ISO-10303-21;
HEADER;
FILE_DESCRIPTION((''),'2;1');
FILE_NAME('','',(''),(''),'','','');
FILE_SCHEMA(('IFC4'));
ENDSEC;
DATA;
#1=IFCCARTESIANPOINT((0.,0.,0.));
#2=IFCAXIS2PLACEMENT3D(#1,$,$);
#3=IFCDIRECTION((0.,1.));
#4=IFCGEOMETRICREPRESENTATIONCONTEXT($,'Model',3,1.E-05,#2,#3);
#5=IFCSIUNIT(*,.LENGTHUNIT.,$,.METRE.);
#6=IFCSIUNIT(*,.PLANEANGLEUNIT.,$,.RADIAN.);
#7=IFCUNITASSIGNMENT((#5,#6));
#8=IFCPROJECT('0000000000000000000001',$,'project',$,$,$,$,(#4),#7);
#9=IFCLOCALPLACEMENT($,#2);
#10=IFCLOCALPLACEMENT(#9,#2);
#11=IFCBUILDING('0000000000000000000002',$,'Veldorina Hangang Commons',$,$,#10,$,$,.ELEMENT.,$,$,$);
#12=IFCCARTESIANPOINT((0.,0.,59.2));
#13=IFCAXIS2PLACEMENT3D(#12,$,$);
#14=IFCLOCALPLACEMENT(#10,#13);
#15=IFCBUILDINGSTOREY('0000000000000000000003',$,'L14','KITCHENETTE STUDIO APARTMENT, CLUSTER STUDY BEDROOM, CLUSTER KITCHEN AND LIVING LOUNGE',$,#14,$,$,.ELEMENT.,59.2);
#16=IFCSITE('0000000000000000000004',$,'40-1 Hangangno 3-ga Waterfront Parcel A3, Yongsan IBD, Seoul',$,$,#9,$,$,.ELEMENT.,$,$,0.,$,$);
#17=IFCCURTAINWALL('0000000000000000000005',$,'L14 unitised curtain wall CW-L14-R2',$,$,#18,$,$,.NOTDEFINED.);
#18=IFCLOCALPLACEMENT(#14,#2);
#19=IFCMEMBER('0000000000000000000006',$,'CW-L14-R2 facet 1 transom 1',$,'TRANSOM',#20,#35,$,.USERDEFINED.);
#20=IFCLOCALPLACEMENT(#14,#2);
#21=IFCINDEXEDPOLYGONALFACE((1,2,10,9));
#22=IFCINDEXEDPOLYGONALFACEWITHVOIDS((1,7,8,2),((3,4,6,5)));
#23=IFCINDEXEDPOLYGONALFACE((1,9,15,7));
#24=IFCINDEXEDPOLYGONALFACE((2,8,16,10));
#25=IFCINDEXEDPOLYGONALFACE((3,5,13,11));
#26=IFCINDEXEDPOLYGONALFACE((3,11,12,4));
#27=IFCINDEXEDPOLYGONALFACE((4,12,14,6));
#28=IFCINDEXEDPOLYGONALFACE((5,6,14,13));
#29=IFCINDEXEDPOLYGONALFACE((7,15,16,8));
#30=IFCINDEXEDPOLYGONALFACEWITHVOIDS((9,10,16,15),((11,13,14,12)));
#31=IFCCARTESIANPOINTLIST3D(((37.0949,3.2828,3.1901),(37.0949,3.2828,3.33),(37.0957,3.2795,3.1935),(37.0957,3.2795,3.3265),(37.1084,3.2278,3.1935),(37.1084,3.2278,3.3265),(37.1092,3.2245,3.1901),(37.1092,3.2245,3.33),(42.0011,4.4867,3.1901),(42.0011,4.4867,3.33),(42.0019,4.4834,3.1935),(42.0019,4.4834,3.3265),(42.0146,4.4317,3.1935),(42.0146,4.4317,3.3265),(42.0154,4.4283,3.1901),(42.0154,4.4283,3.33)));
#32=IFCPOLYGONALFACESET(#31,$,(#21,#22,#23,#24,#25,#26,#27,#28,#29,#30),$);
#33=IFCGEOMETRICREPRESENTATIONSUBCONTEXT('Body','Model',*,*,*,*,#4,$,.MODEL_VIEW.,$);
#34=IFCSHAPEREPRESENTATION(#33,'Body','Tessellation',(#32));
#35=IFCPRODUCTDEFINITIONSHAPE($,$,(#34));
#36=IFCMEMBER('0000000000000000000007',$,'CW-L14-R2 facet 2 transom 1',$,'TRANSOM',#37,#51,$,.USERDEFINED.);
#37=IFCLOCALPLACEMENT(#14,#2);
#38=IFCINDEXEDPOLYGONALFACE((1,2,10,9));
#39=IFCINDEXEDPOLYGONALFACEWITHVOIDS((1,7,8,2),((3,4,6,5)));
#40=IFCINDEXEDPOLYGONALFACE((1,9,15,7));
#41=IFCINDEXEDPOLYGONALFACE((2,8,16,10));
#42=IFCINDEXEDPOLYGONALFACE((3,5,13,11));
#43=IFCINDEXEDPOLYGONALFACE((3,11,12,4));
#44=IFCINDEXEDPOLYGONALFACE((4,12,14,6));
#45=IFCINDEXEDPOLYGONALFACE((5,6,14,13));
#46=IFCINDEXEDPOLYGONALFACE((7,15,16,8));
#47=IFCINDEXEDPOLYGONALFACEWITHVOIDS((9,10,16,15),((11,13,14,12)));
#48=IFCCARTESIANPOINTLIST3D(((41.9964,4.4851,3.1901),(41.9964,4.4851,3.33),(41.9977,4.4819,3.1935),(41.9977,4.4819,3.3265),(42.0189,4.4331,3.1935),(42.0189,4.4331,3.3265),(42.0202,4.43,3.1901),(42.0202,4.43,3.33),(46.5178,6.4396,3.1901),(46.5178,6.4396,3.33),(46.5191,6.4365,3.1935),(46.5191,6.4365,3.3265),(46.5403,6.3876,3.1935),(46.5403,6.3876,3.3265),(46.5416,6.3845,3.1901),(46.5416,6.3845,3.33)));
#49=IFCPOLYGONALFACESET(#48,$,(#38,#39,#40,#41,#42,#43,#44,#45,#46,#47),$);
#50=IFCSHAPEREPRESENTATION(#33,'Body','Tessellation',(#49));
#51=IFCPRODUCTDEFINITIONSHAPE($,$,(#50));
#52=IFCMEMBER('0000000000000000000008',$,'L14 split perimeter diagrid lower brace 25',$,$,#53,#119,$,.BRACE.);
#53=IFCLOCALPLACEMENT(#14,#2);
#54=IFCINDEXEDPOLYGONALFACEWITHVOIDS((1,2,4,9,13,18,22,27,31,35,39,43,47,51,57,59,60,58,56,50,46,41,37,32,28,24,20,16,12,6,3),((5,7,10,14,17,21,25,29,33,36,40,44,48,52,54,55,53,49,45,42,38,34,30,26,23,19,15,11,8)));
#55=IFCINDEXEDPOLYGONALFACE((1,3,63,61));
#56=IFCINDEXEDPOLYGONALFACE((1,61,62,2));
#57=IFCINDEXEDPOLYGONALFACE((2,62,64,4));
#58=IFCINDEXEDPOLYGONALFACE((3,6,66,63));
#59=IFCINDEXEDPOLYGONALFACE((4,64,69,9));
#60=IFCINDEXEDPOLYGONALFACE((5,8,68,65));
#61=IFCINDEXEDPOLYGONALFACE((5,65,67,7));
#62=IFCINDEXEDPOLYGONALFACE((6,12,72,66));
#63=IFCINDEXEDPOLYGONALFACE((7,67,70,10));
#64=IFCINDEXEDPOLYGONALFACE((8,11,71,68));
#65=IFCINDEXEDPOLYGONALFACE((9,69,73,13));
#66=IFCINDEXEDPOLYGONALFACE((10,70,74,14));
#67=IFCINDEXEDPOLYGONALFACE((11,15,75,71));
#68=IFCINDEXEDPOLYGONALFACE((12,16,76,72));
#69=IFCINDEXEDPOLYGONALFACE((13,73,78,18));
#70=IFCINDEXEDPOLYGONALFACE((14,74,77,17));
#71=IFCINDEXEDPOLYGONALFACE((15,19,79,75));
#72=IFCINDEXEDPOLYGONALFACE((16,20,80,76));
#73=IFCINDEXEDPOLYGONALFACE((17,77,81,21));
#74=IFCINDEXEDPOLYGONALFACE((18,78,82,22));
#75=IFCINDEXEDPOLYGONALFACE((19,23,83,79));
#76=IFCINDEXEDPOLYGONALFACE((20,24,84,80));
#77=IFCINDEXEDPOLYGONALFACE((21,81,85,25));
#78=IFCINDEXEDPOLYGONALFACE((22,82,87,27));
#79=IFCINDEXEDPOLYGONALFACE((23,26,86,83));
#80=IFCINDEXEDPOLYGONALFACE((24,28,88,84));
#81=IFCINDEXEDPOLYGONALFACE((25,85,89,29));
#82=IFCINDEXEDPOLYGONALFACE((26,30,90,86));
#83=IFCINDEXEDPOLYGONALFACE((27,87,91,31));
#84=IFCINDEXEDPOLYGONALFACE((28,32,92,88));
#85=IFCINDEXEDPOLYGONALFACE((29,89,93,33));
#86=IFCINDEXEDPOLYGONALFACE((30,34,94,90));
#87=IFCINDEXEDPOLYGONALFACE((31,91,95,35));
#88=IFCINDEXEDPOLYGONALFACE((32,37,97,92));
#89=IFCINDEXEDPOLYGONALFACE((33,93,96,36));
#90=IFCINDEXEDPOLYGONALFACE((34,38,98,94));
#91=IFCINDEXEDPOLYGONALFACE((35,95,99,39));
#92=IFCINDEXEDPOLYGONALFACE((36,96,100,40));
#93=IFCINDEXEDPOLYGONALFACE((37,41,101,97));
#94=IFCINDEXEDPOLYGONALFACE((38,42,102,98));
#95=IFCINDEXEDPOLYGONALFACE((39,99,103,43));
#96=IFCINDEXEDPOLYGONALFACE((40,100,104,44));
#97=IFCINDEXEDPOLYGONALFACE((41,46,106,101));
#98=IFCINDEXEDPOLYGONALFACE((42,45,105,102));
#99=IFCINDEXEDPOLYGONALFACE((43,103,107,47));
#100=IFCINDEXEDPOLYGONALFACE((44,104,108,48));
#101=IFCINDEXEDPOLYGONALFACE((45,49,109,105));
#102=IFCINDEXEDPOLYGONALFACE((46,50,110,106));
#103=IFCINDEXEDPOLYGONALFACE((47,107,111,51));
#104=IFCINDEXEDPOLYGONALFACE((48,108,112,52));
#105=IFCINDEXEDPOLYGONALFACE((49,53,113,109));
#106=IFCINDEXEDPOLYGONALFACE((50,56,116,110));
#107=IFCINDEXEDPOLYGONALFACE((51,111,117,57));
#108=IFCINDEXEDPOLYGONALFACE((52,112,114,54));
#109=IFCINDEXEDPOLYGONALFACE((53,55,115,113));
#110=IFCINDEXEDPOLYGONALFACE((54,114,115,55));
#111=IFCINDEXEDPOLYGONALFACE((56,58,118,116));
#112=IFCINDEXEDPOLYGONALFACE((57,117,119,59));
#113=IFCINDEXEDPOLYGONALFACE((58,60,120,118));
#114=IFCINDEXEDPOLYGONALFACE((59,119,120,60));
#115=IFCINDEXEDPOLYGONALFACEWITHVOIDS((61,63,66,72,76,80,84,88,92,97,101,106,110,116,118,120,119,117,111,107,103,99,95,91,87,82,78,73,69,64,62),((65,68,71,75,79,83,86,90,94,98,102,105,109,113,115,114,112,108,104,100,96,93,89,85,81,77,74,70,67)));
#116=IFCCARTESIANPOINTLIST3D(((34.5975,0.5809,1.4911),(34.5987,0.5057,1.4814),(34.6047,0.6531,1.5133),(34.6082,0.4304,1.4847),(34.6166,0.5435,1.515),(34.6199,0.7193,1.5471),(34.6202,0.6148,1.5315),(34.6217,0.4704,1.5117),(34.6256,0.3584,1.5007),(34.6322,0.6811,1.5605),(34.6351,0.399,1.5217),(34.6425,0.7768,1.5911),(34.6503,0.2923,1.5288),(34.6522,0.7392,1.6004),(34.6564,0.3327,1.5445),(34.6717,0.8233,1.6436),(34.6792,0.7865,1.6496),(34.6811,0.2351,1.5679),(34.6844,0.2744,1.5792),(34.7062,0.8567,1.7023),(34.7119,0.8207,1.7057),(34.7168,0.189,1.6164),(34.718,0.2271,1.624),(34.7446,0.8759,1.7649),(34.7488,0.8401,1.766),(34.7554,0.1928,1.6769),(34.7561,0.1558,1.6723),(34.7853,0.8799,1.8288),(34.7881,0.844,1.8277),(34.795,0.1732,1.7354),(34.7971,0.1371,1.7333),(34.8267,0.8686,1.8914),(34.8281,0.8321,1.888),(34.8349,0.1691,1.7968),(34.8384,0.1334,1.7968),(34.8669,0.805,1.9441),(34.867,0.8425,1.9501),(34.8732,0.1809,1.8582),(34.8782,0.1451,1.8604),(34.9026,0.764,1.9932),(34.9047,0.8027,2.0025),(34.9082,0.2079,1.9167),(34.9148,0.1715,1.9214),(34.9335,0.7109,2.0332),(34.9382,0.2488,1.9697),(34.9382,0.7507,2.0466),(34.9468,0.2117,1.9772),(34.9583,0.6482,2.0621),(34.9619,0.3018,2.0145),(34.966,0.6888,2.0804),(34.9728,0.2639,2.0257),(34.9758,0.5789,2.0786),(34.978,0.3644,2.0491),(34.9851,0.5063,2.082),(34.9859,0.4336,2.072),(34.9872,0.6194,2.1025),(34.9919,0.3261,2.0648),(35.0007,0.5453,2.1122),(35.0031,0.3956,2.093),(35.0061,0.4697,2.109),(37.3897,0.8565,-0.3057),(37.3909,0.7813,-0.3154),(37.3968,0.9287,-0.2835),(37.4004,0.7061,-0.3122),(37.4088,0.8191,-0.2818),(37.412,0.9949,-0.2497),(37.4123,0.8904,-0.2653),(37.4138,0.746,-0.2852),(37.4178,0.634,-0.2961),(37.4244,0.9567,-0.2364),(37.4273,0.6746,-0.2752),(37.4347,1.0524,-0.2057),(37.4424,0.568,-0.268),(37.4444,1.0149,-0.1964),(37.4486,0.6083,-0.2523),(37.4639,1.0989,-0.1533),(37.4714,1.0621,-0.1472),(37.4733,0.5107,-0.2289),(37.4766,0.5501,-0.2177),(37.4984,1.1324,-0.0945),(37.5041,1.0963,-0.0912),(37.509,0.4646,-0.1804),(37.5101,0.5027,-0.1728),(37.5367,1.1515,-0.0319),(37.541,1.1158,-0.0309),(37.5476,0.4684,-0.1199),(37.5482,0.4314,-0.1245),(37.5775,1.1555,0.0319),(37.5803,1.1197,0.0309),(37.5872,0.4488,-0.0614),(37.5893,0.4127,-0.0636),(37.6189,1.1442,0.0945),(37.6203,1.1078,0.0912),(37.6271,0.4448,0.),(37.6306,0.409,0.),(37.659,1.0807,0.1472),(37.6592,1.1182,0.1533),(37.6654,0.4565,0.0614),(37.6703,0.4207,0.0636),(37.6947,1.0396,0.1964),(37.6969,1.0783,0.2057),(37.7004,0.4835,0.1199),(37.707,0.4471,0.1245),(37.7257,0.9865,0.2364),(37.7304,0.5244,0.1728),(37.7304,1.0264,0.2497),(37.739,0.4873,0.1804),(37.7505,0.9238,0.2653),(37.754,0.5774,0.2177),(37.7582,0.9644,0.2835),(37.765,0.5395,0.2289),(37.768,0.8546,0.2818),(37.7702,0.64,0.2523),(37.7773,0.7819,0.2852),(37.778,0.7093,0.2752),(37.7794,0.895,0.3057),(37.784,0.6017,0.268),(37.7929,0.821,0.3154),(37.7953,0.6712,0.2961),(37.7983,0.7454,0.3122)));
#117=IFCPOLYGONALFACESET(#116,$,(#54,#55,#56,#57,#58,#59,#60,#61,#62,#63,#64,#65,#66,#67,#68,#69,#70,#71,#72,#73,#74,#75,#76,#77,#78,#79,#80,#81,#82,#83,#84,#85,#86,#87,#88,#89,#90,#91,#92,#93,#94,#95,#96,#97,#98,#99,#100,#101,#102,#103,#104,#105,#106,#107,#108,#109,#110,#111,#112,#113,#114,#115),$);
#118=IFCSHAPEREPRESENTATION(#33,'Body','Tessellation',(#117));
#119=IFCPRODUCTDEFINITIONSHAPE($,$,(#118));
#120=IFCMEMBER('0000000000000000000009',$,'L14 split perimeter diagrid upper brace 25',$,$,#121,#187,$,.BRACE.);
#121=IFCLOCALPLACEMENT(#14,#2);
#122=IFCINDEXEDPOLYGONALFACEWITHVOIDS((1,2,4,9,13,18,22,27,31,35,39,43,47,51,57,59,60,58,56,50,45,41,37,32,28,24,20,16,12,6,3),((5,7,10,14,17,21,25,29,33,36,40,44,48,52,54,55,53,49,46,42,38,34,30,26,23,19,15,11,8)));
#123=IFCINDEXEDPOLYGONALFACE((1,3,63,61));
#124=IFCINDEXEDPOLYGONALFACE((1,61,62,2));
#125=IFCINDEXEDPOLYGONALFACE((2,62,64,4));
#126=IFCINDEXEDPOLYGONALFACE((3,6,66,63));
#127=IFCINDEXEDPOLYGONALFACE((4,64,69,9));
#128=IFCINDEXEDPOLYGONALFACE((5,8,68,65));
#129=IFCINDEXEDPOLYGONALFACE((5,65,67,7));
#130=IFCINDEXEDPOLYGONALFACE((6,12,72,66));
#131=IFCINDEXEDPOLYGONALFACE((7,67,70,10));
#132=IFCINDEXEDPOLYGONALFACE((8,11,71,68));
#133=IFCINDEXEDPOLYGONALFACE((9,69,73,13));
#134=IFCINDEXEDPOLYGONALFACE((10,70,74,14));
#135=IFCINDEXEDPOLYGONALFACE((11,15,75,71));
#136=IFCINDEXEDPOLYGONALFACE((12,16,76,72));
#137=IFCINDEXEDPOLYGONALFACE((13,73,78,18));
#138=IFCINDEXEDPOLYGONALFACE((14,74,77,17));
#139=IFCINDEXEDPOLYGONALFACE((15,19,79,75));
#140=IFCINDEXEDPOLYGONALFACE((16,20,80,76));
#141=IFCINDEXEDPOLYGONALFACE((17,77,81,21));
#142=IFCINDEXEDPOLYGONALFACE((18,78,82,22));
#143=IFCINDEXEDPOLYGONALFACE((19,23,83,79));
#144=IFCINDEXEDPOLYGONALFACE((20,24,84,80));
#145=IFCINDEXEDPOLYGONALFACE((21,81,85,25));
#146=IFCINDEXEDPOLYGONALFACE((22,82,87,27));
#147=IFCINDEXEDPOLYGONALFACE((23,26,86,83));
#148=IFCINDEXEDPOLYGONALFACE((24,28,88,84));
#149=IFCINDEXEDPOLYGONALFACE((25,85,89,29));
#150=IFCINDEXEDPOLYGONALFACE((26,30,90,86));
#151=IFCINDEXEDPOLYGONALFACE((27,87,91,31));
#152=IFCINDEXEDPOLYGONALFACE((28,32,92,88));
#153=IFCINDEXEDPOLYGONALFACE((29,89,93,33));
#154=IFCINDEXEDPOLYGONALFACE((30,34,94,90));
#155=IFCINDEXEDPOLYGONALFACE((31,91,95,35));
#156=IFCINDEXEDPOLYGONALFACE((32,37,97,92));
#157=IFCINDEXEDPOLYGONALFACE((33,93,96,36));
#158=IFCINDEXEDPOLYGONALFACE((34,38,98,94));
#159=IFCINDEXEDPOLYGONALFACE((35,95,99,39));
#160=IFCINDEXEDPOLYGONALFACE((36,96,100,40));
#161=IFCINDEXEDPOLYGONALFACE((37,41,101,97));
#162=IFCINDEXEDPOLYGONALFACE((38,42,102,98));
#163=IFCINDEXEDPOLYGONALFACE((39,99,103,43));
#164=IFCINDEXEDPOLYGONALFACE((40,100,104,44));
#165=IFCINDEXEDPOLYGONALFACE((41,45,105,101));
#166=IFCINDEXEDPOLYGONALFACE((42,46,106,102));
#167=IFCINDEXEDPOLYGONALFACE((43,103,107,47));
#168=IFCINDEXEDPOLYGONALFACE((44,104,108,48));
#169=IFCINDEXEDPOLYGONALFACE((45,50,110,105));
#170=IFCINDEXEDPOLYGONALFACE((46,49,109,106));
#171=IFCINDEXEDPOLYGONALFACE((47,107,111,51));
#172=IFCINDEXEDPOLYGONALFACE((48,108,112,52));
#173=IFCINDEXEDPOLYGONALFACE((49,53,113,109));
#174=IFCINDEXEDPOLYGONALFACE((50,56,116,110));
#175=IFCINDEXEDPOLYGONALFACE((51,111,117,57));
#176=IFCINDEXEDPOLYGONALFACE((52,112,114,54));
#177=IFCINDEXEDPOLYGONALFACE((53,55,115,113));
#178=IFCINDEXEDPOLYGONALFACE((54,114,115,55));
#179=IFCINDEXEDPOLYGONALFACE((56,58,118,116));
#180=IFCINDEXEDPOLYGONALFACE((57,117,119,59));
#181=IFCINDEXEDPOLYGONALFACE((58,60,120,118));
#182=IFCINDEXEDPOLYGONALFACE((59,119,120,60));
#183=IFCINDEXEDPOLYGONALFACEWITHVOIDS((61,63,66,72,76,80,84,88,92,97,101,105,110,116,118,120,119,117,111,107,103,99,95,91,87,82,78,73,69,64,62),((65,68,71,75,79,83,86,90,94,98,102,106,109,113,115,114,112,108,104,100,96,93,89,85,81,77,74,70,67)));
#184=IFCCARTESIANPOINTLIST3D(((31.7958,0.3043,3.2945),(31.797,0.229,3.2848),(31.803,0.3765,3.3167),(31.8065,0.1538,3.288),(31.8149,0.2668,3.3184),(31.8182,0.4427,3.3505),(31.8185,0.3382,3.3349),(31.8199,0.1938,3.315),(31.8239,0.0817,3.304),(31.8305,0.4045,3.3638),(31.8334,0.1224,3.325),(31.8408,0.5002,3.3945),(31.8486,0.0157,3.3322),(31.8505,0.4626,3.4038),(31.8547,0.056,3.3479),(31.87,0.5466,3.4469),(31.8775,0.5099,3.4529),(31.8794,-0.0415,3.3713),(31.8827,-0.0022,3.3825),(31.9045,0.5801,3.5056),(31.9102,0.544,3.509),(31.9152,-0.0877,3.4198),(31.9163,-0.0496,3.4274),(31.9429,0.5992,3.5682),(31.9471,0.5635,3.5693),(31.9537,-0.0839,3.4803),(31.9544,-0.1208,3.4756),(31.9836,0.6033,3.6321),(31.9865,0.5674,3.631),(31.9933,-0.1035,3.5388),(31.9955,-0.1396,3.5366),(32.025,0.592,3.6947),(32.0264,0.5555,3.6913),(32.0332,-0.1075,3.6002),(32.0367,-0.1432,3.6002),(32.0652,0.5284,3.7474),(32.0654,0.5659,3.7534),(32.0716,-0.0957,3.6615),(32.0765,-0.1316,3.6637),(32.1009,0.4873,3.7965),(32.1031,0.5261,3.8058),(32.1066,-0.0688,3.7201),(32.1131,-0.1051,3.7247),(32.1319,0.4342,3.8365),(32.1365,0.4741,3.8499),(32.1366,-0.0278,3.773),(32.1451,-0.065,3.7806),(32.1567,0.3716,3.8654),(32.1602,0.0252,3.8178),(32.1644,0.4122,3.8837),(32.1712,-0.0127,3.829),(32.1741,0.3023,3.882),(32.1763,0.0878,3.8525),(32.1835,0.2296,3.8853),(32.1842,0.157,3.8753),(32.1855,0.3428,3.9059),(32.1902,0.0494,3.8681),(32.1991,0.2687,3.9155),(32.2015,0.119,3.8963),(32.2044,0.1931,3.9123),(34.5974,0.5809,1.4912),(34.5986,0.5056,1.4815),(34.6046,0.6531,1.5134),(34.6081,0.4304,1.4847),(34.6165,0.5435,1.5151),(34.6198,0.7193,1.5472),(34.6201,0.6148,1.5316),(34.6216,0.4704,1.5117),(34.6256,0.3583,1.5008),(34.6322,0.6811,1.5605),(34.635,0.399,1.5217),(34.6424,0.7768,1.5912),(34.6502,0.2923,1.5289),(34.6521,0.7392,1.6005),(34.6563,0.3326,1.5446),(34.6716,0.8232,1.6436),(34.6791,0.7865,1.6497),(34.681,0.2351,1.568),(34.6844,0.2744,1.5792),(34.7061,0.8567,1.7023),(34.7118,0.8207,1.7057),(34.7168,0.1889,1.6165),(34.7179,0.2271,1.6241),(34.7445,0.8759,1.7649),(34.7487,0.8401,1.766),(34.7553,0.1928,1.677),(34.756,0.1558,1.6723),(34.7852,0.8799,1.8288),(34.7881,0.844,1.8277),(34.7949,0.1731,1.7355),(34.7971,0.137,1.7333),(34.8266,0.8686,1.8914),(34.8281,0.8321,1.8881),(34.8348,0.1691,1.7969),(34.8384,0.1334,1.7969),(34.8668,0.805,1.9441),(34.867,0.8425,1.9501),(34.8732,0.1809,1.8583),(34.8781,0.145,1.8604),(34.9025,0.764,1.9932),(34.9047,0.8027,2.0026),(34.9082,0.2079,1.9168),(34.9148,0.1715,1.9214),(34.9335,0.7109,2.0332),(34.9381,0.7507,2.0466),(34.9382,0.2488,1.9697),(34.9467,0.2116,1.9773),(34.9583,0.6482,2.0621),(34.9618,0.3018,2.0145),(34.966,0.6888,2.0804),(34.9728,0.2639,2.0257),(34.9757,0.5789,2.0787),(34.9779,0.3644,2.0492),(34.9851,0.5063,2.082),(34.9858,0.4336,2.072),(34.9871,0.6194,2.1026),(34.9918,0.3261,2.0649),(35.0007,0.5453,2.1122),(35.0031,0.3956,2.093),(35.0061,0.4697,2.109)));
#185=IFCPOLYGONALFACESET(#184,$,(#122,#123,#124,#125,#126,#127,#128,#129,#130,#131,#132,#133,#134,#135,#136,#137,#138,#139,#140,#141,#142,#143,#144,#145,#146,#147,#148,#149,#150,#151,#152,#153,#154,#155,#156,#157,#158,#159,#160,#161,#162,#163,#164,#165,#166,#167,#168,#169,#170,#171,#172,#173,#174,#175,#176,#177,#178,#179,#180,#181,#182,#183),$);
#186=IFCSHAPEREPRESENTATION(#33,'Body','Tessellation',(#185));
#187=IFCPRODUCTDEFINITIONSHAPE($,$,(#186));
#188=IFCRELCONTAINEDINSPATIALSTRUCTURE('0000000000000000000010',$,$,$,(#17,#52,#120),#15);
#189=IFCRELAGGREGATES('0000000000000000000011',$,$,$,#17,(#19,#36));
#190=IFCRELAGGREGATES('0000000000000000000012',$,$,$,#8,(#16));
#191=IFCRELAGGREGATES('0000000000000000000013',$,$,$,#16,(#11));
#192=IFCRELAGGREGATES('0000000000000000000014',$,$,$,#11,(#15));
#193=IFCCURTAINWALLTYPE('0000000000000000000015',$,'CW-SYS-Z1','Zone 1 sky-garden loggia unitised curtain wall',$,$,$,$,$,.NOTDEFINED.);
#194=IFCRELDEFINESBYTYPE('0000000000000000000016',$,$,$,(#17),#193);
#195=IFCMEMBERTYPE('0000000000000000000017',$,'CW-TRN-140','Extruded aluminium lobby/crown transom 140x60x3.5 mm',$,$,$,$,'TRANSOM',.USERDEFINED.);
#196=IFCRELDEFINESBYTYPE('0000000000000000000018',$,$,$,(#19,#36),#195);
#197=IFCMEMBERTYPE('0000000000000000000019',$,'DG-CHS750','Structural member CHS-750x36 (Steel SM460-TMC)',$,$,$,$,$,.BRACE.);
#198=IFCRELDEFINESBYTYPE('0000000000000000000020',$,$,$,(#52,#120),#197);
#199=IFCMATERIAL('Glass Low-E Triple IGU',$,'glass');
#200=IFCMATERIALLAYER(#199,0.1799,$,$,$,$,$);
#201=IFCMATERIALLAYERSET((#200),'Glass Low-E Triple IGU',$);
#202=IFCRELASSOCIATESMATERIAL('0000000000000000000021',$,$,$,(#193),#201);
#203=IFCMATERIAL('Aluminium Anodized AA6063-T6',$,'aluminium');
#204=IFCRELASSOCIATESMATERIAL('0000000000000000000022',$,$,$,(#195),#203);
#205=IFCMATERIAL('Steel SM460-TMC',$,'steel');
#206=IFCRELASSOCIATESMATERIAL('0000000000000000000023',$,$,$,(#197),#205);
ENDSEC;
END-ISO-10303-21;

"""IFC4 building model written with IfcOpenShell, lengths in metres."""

from ifc_helpers import new_model, si_unit, direction, frame, origin, origin_2d, place, context, subcontext, project, spatial, hollow_rectangle, hollow_circle, extrude, material, layer, layer_set, material_profile, profile_set, type_object, element, aggregate, save


model = new_model("IFC4")

# Units and contexts
model_context = context("Model", 3, precision=1e-05, world=origin(), true_north=direction((0.0, 1.0)))
body_context = subcontext(model_context, "Body", "Model", "MODEL_VIEW")
ifc_project = project(units=[si_unit("LENGTHUNIT", "METRE"), si_unit("PLANEANGLEUNIT", "RADIAN")], contexts=[model_context])

# Site, building, storey
site_placement = place(None, origin())
site = spatial("IfcSite", under=ifc_project, at=site_placement, Name="40-1 Hangangno 3-ga Waterfront Parcel A3, Yongsan IBD, Seoul", CompositionType="ELEMENT", RefElevation=0.0)
building_placement = place(site_placement, origin())
building = spatial("IfcBuilding", under=site, at=building_placement, Name="Veldorina Hangang Commons", CompositionType="ELEMENT")
storey_placement = place(building_placement, frame((0.0, 0.0, 59.2)))
storey = spatial("IfcBuildingStorey", under=building, at=storey_placement, Name="L14", Description="KITCHENETTE STUDIO APARTMENT, CLUSTER STUDY BEDROOM, CLUSTER KITCHEN AND LIVING LOUNGE", CompositionType="ELEMENT", Elevation=59.2)

# Shared definitions
ifc_material_1 = material(Name="Steel SM460-TMC", Category="steel")

# Shared definitions
ifc_material_2 = material(Name="Glass Low-E Triple IGU", Category="glass")
ifc_layer_1 = layer(ifc_material_2, 0.1799)
ifc_layer_set_1 = layer_set([ifc_layer_1], Name="Glass Low-E Triple IGU")
curtain_wall_type = type_object("IfcCurtainWallType", Name="CW-SYS-Z1", Description="Zone 1 sky-garden loggia unitised curtain wall", PredefinedType="NOTDEFINED", material=ifc_layer_set_1)
ifc_material_3 = material(Name="Aluminium Anodized AA6063-T6", Category="aluminium")

# Curtain wall, members
curtain_wall_1_placement = place(storey_placement, origin())
curtain_wall_1 = element("IfcCurtainWall", 1, at=curtain_wall_1_placement, inside=storey, type_object=curtain_wall_type, Name="L14 unitised curtain wall CW-L14-R2", PredefinedType="NOTDEFINED")
ifc_material_profile_1 = material_profile(ifc_material_3, hollow_rectangle(XDim=0.0601, YDim=0.1399, WallThickness=0.0034, at=origin_2d()), Name="ALU-RHS-140x60x3.5")
ifc_profile_set_1 = profile_set([ifc_material_profile_1], Name="Aluminium Anodized AA6063-T6")
member_type_1 = type_object("IfcMemberType", Name="CW-TRN-140", Description="Extruded aluminium lobby/crown transom 140x60x3.5 mm", ElementType="TRANSOM", PredefinedType="USERDEFINED", material=ifc_profile_set_1)
member_1_placement = place(storey_placement, frame((37.1021, 3.2537, 3.26), z_axis=(0.971191, 0.238303, 0.0), x_axis=(-0.238303, 0.971191, 0.0)))
member_1 = element("IfcMember", 2, at=member_1_placement, type_object=member_type_1, Name="CW-L14-R2 facet 1 transom 1", ObjectType="TRANSOM", PredefinedType="USERDEFINED", context=body_context, shape_type="SweptSolid", body=[
    extrude(hollow_rectangle(XDim=0.0601, YDim=0.1399, WallThickness=0.0034, at=origin_2d()), origin(), (0.0, 0.0, 1.0), 5.0518),
])
member_2_placement = place(storey_placement, frame((42.0083, 4.4575, 3.26), z_axis=(0.917905, 0.396801, 0.0), x_axis=(-0.396801, 0.917905, 0.0)))
member_2 = element("IfcMember", 3, at=member_2_placement, type_object=member_type_1, Name="CW-L14-R2 facet 2 transom 1", ObjectType="TRANSOM", PredefinedType="USERDEFINED", context=body_context, shape_type="SweptSolid", body=[
    extrude(hollow_rectangle(XDim=0.0601, YDim=0.1399, WallThickness=0.0034, at=origin_2d()), origin(), (0.0, 0.0, 1.0), 4.9258),
])

# Members
ifc_material_profile_2 = material_profile(ifc_material_1, hollow_circle(Radius=0.375, WallThickness=0.0359, at=origin_2d()), Name="CHS-750x36")
ifc_profile_set_2 = profile_set([ifc_material_profile_2], Name="Steel SM460-TMC")
member_type_2 = type_object("IfcMemberType", Name="DG-CHS750", Description="Structural member CHS-750x36 (Steel SM460-TMC)", PredefinedType="BRACE", material=ifc_profile_set_2)
member_3_placement = place(storey_placement, frame((37.5938, 0.7822, 0.0), z_axis=(-0.83804, -0.082727, 0.5393), x_axis=(0.098237, -0.995163, 0.0)))
element("IfcMember", 4, at=member_3_placement, inside=storey, type_object=member_type_2, Name="L14 split perimeter diagrid lower brace 25", PredefinedType="BRACE", context=body_context, shape_type="SweptSolid", body=[
    extrude(hollow_circle(Radius=0.375, WallThickness=0.0359, at=origin_2d()), origin(), (0.0, 0.0, 1.0), 3.3318),
])
member_4_placement = place(storey_placement, frame((34.8015, 0.5066, 1.7969), z_axis=(-0.837988, -0.08274, 0.539379), x_axis=(0.098259, -0.995161, 0.0)))
element("IfcMember", 5, at=member_4_placement, inside=storey, type_object=member_type_2, Name="L14 split perimeter diagrid upper brace 25", PredefinedType="BRACE", context=body_context, shape_type="SweptSolid", body=[
    extrude(hollow_circle(Radius=0.375, WallThickness=0.0359, at=origin_2d()), origin(), (0.0, 0.0, 1.0), 3.3433),
])

aggregate(curtain_wall_1, [member_1, member_2])

save(model, "model.ifc")
